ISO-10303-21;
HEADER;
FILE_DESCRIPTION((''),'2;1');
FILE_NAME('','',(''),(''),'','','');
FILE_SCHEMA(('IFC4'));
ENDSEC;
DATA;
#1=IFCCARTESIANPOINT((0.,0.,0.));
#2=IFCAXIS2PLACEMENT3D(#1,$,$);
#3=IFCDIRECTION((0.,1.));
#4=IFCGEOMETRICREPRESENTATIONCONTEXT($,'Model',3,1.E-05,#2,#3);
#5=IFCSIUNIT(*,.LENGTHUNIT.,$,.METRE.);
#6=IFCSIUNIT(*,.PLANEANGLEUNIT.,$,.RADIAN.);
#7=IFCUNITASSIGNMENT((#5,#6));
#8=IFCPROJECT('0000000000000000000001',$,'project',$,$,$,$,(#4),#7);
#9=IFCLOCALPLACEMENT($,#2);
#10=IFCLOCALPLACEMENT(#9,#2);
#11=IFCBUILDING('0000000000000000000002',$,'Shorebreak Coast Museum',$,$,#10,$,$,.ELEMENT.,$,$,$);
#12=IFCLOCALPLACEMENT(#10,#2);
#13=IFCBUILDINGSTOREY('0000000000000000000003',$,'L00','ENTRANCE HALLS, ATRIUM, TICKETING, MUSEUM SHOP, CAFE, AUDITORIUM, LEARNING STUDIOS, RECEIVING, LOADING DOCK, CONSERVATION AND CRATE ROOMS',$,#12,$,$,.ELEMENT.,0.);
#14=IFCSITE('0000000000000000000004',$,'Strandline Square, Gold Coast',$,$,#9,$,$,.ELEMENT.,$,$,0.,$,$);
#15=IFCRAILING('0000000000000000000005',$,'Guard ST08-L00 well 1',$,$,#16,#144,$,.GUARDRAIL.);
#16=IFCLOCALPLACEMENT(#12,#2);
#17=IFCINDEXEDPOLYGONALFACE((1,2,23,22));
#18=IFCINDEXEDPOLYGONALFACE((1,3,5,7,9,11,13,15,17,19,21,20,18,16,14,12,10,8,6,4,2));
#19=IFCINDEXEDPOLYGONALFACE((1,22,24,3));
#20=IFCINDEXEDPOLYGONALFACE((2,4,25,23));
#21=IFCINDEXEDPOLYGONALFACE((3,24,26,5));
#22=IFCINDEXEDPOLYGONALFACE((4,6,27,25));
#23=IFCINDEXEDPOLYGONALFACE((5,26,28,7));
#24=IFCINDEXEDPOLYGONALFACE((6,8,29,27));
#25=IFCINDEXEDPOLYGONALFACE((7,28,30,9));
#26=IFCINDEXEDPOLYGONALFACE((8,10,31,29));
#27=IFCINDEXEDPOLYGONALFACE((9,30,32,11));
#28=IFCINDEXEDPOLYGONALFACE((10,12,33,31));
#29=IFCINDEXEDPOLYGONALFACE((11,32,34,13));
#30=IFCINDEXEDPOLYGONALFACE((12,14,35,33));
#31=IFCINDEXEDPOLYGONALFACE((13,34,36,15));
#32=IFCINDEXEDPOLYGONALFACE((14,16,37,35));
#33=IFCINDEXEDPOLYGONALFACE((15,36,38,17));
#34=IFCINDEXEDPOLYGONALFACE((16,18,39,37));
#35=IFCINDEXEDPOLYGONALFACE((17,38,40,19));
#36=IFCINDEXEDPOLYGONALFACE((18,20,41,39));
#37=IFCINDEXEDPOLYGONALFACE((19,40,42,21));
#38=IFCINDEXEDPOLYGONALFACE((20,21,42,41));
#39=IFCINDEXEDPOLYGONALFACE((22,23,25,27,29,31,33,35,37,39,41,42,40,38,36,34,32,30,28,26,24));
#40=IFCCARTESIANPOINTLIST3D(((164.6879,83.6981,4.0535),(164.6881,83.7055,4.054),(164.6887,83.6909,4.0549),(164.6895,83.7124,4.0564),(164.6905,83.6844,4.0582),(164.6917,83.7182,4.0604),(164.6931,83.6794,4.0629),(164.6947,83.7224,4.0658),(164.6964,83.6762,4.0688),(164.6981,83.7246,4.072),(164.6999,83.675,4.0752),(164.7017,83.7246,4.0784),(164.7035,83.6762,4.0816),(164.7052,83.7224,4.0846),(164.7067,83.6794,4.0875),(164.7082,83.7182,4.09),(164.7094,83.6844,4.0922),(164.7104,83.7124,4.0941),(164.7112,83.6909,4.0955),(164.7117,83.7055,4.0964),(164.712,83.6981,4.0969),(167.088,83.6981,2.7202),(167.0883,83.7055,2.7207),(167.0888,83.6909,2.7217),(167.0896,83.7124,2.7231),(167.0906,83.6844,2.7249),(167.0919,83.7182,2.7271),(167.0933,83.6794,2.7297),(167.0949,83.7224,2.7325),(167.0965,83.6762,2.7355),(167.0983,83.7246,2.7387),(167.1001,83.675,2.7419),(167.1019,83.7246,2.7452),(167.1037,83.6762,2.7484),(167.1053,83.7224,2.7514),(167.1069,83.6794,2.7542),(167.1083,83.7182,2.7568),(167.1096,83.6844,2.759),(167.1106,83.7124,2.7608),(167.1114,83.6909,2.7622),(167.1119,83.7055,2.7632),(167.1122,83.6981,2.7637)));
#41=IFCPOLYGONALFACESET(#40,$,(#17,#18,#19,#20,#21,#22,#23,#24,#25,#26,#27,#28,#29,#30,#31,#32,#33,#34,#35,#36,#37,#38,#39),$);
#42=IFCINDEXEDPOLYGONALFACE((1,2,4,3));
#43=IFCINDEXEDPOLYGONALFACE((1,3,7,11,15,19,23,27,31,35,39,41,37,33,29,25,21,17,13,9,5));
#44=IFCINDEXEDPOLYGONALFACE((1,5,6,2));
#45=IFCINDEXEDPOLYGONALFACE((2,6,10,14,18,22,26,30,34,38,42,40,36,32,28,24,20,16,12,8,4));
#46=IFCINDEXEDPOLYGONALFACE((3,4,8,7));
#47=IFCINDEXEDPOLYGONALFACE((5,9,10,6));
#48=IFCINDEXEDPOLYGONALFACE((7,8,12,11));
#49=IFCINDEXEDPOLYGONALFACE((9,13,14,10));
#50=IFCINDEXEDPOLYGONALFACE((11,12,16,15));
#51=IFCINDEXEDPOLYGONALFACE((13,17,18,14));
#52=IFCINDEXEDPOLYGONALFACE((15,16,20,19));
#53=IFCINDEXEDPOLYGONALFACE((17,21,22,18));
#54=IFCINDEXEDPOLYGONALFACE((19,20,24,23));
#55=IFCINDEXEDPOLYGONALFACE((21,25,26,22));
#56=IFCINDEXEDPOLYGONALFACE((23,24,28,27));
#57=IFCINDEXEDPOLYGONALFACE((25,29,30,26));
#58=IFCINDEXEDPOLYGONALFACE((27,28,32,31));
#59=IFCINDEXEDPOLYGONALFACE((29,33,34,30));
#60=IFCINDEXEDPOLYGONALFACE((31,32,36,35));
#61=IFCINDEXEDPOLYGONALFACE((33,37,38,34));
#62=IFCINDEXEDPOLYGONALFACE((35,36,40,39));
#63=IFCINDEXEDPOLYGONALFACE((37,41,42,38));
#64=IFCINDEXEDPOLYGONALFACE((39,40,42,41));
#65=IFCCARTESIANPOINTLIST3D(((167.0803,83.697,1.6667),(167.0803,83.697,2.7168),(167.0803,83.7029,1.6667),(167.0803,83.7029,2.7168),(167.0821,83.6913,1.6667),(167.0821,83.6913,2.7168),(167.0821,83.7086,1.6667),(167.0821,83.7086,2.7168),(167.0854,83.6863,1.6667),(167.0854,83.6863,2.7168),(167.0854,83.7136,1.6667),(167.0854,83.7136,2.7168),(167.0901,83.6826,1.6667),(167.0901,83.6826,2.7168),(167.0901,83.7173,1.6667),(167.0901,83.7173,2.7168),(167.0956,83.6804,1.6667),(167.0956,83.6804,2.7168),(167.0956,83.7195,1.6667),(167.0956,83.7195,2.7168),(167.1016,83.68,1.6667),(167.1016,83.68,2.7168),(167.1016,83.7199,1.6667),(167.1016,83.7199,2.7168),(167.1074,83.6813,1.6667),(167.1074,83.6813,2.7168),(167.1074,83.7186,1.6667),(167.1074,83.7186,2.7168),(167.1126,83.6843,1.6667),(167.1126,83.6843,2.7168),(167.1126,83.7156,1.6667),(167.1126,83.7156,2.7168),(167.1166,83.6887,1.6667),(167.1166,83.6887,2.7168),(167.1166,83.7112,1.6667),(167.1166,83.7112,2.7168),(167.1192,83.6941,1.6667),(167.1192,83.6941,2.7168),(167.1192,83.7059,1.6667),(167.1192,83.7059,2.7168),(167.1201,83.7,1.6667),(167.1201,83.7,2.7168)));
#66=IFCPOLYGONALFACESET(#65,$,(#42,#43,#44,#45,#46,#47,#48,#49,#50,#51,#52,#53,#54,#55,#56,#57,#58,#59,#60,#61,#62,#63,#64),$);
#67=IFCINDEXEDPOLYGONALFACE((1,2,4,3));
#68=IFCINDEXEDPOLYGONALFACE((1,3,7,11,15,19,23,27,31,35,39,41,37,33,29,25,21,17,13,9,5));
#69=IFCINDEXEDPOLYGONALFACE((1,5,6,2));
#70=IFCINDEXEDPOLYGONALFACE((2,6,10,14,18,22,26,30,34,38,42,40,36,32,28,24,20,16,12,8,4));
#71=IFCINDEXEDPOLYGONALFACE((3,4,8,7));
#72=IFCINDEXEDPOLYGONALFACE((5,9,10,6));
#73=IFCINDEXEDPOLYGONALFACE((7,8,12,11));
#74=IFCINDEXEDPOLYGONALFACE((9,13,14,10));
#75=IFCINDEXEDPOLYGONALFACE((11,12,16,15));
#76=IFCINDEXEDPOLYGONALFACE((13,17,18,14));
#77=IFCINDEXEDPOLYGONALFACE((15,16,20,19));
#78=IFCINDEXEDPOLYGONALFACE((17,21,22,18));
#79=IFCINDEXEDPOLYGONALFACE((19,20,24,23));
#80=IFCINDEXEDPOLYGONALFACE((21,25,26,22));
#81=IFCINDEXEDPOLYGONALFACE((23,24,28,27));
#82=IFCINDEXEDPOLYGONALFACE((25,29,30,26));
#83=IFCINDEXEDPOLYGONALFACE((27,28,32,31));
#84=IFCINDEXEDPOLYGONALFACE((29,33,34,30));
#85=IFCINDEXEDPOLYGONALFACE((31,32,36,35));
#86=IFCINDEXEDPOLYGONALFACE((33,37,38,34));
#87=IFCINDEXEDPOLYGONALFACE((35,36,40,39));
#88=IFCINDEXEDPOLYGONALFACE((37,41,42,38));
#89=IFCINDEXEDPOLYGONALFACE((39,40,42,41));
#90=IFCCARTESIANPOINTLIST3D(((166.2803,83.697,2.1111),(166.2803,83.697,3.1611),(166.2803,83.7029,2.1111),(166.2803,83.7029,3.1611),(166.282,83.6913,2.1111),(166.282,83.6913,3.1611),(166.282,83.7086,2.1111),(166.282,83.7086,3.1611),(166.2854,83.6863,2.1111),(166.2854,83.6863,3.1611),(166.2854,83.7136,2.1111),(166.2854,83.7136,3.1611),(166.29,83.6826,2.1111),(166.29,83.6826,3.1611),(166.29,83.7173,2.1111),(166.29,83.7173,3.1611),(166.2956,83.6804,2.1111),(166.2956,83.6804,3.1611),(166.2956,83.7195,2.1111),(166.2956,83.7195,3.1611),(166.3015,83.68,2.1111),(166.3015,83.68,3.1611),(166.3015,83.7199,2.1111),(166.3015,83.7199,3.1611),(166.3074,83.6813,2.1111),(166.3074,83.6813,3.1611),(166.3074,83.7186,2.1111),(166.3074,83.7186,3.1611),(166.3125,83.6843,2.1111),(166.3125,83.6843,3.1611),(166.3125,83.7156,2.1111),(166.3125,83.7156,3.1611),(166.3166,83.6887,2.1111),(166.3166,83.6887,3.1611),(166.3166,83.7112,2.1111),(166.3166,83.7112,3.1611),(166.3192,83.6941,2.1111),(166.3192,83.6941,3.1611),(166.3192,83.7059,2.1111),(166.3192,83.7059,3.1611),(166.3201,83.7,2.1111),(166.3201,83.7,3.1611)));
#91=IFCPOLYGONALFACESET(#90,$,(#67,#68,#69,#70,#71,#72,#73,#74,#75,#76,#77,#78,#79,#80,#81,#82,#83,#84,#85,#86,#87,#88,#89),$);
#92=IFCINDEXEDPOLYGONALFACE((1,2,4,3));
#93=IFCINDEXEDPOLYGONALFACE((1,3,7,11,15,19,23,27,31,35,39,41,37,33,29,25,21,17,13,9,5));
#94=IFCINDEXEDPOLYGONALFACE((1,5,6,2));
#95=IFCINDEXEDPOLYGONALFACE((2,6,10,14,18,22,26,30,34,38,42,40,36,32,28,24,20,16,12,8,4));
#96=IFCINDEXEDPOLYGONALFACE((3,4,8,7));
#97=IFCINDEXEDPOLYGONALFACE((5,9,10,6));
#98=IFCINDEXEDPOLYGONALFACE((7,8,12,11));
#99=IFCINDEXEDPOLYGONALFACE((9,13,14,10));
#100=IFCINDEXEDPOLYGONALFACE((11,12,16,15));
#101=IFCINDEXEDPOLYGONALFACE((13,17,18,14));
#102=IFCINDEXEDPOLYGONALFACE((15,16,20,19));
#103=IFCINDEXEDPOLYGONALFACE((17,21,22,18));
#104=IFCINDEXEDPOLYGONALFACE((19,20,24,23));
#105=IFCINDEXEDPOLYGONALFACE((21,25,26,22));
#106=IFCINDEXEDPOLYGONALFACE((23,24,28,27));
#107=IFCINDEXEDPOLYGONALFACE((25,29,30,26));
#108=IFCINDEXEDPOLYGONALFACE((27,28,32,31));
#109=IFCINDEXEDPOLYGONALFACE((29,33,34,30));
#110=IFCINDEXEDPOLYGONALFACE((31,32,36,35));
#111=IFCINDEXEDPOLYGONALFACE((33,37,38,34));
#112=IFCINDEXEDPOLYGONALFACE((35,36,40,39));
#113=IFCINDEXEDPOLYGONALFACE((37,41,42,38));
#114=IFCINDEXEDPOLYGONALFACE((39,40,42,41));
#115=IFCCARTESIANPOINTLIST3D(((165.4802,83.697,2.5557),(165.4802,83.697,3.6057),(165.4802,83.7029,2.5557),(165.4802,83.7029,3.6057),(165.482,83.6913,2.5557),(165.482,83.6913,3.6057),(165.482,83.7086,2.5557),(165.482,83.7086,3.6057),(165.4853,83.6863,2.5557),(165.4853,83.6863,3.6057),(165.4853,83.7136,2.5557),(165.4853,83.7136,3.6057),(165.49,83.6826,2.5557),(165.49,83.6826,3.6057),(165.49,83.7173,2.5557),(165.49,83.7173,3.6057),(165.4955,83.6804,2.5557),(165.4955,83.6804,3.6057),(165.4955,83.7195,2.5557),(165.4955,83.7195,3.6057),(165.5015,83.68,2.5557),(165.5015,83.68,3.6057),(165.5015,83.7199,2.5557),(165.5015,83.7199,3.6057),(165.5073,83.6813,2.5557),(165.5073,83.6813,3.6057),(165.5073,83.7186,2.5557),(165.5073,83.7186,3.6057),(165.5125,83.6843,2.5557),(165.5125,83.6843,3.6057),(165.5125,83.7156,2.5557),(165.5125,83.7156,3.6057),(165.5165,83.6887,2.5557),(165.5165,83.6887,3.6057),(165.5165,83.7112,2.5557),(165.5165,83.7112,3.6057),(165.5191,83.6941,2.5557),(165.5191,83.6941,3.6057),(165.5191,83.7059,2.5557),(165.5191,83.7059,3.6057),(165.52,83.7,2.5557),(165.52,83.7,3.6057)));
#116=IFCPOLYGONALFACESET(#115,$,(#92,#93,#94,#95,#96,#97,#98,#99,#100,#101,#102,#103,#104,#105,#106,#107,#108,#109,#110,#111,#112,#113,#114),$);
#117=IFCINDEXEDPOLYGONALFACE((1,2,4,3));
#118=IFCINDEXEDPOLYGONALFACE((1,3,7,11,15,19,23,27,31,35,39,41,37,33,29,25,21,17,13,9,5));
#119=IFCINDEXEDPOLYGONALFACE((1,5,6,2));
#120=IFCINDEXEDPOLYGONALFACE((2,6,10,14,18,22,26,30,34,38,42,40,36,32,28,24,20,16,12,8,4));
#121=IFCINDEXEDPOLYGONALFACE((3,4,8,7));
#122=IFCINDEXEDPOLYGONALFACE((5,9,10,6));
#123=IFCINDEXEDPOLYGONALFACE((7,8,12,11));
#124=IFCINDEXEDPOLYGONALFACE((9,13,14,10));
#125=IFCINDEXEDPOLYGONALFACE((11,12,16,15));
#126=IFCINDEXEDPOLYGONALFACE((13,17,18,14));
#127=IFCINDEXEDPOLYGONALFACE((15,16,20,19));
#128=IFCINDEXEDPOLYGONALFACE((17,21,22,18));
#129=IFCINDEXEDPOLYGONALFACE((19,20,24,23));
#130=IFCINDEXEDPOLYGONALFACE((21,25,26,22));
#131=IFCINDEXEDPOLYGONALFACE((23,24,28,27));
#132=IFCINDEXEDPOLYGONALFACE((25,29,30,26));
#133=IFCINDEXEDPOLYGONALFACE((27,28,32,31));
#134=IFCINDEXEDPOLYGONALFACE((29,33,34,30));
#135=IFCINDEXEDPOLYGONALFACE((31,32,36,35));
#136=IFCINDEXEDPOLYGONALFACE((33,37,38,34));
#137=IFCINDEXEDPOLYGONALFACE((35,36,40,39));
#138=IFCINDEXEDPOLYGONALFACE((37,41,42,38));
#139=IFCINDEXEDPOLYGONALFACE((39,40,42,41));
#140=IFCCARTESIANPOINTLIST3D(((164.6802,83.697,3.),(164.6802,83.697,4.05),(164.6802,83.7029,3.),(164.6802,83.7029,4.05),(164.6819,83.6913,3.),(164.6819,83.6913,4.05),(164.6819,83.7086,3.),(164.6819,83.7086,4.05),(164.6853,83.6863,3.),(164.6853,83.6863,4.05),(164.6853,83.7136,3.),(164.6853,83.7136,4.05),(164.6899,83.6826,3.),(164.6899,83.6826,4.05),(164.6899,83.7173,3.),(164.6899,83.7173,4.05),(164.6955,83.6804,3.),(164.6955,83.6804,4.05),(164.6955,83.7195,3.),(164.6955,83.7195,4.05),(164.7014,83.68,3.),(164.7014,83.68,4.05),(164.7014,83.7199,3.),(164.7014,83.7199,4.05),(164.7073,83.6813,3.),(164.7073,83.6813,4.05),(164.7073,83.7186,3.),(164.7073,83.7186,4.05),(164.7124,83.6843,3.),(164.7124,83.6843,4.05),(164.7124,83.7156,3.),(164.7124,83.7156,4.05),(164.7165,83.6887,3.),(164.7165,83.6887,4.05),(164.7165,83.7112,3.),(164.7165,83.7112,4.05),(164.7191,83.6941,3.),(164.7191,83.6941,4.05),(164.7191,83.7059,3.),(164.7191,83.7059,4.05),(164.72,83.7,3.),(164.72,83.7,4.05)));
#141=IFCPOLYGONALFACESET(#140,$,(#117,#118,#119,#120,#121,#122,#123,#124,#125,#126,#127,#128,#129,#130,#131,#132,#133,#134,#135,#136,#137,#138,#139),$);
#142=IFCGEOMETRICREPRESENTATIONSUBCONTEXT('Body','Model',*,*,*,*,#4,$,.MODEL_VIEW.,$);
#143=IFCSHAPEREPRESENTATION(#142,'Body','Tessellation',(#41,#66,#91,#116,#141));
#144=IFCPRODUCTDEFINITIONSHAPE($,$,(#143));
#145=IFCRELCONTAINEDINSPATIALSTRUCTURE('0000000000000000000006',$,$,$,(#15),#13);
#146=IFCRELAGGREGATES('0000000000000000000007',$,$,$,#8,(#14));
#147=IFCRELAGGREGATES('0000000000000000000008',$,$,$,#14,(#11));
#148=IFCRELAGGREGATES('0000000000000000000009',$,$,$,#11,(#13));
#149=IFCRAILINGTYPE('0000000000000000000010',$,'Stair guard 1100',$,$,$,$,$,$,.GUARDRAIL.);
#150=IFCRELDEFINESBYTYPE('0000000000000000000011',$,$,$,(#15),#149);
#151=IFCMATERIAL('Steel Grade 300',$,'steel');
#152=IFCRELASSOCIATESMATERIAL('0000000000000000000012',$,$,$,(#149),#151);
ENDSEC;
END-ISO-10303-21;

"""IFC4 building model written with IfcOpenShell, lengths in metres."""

from ifc_helpers import new_model, si_unit, direction, frame, origin, origin_2d, place, context, subcontext, project, spatial, circle, extrude, material, type_object, element, save


model = new_model("IFC4")

# Units and contexts
model_context = context("Model", 3, precision=1e-05, world=origin(), true_north=direction((0.0, 1.0)))
body_context = subcontext(model_context, "Body", "Model", "MODEL_VIEW")
ifc_project = project(units=[si_unit("LENGTHUNIT", "METRE"), si_unit("PLANEANGLEUNIT", "RADIAN")], contexts=[model_context])

# Site, building, storey
site_placement = place(None, origin())
site = spatial("IfcSite", under=ifc_project, at=site_placement, Name="Strandline Square, Gold Coast", CompositionType="ELEMENT", RefElevation=0.0)
building_placement = place(site_placement, origin())
building = spatial("IfcBuilding", under=site, at=building_placement, Name="Shorebreak Coast Museum", CompositionType="ELEMENT")
storey_placement = place(building_placement, origin())
storey = spatial("IfcBuildingStorey", under=building, at=storey_placement, Name="L00", Description="ENTRANCE HALLS, ATRIUM, TICKETING, MUSEUM SHOP, CAFE, AUDITORIUM, LEARNING STUDIOS, RECEIVING, LOADING DOCK, CONSERVATION AND CRATE ROOMS", CompositionType="ELEMENT", Elevation=0.0)

# Railing
ifc_material_1 = material(Name="Steel Grade 300", Category="steel")
railing_type_1 = type_object("IfcRailingType", Name="Stair guard 1100", PredefinedType="GUARDRAIL", material=ifc_material_1)
for number, where, name in (
    (1, (167.1001, 83.7, 1.6667), "Guard ST08-L00 well 1"),
):
    element("IfcRailing", number, at=place(storey_placement, frame(where)), inside=storey, type_object=railing_type_1, Name=name, PredefinedType="GUARDRAIL", context=body_context, shape_type="SweptSolid", body=[
        extrude(circle(Radius=0.0249, at=origin_2d()), frame((0.0, 0.0, 1.0752), z_axis=(-0.874182, 0.0, 0.485598), x_axis=(0.0, -1.0, 0.0)), (0.0, 0.0, 1.0), 2.7456),
        extrude(circle(Radius=0.02, at=origin_2d()), origin(), (0.0, 0.0, 1.0), 1.05),
        extrude(circle(Radius=0.02, at=origin_2d()), frame((-0.8, 0.0, 0.4443)), (0.0, 0.0, 1.0), 1.05),
        extrude(circle(Radius=0.02, at=origin_2d()), frame((-1.6001, 0.0, 0.8889)), (0.0, 0.0, 1.0), 1.05),
        extrude(circle(Radius=0.02, at=origin_2d()), frame((-2.4001, 0.0, 1.3333)), (0.0, 0.0, 1.0), 1.05),
    ])

save(model, "model.ifc")
